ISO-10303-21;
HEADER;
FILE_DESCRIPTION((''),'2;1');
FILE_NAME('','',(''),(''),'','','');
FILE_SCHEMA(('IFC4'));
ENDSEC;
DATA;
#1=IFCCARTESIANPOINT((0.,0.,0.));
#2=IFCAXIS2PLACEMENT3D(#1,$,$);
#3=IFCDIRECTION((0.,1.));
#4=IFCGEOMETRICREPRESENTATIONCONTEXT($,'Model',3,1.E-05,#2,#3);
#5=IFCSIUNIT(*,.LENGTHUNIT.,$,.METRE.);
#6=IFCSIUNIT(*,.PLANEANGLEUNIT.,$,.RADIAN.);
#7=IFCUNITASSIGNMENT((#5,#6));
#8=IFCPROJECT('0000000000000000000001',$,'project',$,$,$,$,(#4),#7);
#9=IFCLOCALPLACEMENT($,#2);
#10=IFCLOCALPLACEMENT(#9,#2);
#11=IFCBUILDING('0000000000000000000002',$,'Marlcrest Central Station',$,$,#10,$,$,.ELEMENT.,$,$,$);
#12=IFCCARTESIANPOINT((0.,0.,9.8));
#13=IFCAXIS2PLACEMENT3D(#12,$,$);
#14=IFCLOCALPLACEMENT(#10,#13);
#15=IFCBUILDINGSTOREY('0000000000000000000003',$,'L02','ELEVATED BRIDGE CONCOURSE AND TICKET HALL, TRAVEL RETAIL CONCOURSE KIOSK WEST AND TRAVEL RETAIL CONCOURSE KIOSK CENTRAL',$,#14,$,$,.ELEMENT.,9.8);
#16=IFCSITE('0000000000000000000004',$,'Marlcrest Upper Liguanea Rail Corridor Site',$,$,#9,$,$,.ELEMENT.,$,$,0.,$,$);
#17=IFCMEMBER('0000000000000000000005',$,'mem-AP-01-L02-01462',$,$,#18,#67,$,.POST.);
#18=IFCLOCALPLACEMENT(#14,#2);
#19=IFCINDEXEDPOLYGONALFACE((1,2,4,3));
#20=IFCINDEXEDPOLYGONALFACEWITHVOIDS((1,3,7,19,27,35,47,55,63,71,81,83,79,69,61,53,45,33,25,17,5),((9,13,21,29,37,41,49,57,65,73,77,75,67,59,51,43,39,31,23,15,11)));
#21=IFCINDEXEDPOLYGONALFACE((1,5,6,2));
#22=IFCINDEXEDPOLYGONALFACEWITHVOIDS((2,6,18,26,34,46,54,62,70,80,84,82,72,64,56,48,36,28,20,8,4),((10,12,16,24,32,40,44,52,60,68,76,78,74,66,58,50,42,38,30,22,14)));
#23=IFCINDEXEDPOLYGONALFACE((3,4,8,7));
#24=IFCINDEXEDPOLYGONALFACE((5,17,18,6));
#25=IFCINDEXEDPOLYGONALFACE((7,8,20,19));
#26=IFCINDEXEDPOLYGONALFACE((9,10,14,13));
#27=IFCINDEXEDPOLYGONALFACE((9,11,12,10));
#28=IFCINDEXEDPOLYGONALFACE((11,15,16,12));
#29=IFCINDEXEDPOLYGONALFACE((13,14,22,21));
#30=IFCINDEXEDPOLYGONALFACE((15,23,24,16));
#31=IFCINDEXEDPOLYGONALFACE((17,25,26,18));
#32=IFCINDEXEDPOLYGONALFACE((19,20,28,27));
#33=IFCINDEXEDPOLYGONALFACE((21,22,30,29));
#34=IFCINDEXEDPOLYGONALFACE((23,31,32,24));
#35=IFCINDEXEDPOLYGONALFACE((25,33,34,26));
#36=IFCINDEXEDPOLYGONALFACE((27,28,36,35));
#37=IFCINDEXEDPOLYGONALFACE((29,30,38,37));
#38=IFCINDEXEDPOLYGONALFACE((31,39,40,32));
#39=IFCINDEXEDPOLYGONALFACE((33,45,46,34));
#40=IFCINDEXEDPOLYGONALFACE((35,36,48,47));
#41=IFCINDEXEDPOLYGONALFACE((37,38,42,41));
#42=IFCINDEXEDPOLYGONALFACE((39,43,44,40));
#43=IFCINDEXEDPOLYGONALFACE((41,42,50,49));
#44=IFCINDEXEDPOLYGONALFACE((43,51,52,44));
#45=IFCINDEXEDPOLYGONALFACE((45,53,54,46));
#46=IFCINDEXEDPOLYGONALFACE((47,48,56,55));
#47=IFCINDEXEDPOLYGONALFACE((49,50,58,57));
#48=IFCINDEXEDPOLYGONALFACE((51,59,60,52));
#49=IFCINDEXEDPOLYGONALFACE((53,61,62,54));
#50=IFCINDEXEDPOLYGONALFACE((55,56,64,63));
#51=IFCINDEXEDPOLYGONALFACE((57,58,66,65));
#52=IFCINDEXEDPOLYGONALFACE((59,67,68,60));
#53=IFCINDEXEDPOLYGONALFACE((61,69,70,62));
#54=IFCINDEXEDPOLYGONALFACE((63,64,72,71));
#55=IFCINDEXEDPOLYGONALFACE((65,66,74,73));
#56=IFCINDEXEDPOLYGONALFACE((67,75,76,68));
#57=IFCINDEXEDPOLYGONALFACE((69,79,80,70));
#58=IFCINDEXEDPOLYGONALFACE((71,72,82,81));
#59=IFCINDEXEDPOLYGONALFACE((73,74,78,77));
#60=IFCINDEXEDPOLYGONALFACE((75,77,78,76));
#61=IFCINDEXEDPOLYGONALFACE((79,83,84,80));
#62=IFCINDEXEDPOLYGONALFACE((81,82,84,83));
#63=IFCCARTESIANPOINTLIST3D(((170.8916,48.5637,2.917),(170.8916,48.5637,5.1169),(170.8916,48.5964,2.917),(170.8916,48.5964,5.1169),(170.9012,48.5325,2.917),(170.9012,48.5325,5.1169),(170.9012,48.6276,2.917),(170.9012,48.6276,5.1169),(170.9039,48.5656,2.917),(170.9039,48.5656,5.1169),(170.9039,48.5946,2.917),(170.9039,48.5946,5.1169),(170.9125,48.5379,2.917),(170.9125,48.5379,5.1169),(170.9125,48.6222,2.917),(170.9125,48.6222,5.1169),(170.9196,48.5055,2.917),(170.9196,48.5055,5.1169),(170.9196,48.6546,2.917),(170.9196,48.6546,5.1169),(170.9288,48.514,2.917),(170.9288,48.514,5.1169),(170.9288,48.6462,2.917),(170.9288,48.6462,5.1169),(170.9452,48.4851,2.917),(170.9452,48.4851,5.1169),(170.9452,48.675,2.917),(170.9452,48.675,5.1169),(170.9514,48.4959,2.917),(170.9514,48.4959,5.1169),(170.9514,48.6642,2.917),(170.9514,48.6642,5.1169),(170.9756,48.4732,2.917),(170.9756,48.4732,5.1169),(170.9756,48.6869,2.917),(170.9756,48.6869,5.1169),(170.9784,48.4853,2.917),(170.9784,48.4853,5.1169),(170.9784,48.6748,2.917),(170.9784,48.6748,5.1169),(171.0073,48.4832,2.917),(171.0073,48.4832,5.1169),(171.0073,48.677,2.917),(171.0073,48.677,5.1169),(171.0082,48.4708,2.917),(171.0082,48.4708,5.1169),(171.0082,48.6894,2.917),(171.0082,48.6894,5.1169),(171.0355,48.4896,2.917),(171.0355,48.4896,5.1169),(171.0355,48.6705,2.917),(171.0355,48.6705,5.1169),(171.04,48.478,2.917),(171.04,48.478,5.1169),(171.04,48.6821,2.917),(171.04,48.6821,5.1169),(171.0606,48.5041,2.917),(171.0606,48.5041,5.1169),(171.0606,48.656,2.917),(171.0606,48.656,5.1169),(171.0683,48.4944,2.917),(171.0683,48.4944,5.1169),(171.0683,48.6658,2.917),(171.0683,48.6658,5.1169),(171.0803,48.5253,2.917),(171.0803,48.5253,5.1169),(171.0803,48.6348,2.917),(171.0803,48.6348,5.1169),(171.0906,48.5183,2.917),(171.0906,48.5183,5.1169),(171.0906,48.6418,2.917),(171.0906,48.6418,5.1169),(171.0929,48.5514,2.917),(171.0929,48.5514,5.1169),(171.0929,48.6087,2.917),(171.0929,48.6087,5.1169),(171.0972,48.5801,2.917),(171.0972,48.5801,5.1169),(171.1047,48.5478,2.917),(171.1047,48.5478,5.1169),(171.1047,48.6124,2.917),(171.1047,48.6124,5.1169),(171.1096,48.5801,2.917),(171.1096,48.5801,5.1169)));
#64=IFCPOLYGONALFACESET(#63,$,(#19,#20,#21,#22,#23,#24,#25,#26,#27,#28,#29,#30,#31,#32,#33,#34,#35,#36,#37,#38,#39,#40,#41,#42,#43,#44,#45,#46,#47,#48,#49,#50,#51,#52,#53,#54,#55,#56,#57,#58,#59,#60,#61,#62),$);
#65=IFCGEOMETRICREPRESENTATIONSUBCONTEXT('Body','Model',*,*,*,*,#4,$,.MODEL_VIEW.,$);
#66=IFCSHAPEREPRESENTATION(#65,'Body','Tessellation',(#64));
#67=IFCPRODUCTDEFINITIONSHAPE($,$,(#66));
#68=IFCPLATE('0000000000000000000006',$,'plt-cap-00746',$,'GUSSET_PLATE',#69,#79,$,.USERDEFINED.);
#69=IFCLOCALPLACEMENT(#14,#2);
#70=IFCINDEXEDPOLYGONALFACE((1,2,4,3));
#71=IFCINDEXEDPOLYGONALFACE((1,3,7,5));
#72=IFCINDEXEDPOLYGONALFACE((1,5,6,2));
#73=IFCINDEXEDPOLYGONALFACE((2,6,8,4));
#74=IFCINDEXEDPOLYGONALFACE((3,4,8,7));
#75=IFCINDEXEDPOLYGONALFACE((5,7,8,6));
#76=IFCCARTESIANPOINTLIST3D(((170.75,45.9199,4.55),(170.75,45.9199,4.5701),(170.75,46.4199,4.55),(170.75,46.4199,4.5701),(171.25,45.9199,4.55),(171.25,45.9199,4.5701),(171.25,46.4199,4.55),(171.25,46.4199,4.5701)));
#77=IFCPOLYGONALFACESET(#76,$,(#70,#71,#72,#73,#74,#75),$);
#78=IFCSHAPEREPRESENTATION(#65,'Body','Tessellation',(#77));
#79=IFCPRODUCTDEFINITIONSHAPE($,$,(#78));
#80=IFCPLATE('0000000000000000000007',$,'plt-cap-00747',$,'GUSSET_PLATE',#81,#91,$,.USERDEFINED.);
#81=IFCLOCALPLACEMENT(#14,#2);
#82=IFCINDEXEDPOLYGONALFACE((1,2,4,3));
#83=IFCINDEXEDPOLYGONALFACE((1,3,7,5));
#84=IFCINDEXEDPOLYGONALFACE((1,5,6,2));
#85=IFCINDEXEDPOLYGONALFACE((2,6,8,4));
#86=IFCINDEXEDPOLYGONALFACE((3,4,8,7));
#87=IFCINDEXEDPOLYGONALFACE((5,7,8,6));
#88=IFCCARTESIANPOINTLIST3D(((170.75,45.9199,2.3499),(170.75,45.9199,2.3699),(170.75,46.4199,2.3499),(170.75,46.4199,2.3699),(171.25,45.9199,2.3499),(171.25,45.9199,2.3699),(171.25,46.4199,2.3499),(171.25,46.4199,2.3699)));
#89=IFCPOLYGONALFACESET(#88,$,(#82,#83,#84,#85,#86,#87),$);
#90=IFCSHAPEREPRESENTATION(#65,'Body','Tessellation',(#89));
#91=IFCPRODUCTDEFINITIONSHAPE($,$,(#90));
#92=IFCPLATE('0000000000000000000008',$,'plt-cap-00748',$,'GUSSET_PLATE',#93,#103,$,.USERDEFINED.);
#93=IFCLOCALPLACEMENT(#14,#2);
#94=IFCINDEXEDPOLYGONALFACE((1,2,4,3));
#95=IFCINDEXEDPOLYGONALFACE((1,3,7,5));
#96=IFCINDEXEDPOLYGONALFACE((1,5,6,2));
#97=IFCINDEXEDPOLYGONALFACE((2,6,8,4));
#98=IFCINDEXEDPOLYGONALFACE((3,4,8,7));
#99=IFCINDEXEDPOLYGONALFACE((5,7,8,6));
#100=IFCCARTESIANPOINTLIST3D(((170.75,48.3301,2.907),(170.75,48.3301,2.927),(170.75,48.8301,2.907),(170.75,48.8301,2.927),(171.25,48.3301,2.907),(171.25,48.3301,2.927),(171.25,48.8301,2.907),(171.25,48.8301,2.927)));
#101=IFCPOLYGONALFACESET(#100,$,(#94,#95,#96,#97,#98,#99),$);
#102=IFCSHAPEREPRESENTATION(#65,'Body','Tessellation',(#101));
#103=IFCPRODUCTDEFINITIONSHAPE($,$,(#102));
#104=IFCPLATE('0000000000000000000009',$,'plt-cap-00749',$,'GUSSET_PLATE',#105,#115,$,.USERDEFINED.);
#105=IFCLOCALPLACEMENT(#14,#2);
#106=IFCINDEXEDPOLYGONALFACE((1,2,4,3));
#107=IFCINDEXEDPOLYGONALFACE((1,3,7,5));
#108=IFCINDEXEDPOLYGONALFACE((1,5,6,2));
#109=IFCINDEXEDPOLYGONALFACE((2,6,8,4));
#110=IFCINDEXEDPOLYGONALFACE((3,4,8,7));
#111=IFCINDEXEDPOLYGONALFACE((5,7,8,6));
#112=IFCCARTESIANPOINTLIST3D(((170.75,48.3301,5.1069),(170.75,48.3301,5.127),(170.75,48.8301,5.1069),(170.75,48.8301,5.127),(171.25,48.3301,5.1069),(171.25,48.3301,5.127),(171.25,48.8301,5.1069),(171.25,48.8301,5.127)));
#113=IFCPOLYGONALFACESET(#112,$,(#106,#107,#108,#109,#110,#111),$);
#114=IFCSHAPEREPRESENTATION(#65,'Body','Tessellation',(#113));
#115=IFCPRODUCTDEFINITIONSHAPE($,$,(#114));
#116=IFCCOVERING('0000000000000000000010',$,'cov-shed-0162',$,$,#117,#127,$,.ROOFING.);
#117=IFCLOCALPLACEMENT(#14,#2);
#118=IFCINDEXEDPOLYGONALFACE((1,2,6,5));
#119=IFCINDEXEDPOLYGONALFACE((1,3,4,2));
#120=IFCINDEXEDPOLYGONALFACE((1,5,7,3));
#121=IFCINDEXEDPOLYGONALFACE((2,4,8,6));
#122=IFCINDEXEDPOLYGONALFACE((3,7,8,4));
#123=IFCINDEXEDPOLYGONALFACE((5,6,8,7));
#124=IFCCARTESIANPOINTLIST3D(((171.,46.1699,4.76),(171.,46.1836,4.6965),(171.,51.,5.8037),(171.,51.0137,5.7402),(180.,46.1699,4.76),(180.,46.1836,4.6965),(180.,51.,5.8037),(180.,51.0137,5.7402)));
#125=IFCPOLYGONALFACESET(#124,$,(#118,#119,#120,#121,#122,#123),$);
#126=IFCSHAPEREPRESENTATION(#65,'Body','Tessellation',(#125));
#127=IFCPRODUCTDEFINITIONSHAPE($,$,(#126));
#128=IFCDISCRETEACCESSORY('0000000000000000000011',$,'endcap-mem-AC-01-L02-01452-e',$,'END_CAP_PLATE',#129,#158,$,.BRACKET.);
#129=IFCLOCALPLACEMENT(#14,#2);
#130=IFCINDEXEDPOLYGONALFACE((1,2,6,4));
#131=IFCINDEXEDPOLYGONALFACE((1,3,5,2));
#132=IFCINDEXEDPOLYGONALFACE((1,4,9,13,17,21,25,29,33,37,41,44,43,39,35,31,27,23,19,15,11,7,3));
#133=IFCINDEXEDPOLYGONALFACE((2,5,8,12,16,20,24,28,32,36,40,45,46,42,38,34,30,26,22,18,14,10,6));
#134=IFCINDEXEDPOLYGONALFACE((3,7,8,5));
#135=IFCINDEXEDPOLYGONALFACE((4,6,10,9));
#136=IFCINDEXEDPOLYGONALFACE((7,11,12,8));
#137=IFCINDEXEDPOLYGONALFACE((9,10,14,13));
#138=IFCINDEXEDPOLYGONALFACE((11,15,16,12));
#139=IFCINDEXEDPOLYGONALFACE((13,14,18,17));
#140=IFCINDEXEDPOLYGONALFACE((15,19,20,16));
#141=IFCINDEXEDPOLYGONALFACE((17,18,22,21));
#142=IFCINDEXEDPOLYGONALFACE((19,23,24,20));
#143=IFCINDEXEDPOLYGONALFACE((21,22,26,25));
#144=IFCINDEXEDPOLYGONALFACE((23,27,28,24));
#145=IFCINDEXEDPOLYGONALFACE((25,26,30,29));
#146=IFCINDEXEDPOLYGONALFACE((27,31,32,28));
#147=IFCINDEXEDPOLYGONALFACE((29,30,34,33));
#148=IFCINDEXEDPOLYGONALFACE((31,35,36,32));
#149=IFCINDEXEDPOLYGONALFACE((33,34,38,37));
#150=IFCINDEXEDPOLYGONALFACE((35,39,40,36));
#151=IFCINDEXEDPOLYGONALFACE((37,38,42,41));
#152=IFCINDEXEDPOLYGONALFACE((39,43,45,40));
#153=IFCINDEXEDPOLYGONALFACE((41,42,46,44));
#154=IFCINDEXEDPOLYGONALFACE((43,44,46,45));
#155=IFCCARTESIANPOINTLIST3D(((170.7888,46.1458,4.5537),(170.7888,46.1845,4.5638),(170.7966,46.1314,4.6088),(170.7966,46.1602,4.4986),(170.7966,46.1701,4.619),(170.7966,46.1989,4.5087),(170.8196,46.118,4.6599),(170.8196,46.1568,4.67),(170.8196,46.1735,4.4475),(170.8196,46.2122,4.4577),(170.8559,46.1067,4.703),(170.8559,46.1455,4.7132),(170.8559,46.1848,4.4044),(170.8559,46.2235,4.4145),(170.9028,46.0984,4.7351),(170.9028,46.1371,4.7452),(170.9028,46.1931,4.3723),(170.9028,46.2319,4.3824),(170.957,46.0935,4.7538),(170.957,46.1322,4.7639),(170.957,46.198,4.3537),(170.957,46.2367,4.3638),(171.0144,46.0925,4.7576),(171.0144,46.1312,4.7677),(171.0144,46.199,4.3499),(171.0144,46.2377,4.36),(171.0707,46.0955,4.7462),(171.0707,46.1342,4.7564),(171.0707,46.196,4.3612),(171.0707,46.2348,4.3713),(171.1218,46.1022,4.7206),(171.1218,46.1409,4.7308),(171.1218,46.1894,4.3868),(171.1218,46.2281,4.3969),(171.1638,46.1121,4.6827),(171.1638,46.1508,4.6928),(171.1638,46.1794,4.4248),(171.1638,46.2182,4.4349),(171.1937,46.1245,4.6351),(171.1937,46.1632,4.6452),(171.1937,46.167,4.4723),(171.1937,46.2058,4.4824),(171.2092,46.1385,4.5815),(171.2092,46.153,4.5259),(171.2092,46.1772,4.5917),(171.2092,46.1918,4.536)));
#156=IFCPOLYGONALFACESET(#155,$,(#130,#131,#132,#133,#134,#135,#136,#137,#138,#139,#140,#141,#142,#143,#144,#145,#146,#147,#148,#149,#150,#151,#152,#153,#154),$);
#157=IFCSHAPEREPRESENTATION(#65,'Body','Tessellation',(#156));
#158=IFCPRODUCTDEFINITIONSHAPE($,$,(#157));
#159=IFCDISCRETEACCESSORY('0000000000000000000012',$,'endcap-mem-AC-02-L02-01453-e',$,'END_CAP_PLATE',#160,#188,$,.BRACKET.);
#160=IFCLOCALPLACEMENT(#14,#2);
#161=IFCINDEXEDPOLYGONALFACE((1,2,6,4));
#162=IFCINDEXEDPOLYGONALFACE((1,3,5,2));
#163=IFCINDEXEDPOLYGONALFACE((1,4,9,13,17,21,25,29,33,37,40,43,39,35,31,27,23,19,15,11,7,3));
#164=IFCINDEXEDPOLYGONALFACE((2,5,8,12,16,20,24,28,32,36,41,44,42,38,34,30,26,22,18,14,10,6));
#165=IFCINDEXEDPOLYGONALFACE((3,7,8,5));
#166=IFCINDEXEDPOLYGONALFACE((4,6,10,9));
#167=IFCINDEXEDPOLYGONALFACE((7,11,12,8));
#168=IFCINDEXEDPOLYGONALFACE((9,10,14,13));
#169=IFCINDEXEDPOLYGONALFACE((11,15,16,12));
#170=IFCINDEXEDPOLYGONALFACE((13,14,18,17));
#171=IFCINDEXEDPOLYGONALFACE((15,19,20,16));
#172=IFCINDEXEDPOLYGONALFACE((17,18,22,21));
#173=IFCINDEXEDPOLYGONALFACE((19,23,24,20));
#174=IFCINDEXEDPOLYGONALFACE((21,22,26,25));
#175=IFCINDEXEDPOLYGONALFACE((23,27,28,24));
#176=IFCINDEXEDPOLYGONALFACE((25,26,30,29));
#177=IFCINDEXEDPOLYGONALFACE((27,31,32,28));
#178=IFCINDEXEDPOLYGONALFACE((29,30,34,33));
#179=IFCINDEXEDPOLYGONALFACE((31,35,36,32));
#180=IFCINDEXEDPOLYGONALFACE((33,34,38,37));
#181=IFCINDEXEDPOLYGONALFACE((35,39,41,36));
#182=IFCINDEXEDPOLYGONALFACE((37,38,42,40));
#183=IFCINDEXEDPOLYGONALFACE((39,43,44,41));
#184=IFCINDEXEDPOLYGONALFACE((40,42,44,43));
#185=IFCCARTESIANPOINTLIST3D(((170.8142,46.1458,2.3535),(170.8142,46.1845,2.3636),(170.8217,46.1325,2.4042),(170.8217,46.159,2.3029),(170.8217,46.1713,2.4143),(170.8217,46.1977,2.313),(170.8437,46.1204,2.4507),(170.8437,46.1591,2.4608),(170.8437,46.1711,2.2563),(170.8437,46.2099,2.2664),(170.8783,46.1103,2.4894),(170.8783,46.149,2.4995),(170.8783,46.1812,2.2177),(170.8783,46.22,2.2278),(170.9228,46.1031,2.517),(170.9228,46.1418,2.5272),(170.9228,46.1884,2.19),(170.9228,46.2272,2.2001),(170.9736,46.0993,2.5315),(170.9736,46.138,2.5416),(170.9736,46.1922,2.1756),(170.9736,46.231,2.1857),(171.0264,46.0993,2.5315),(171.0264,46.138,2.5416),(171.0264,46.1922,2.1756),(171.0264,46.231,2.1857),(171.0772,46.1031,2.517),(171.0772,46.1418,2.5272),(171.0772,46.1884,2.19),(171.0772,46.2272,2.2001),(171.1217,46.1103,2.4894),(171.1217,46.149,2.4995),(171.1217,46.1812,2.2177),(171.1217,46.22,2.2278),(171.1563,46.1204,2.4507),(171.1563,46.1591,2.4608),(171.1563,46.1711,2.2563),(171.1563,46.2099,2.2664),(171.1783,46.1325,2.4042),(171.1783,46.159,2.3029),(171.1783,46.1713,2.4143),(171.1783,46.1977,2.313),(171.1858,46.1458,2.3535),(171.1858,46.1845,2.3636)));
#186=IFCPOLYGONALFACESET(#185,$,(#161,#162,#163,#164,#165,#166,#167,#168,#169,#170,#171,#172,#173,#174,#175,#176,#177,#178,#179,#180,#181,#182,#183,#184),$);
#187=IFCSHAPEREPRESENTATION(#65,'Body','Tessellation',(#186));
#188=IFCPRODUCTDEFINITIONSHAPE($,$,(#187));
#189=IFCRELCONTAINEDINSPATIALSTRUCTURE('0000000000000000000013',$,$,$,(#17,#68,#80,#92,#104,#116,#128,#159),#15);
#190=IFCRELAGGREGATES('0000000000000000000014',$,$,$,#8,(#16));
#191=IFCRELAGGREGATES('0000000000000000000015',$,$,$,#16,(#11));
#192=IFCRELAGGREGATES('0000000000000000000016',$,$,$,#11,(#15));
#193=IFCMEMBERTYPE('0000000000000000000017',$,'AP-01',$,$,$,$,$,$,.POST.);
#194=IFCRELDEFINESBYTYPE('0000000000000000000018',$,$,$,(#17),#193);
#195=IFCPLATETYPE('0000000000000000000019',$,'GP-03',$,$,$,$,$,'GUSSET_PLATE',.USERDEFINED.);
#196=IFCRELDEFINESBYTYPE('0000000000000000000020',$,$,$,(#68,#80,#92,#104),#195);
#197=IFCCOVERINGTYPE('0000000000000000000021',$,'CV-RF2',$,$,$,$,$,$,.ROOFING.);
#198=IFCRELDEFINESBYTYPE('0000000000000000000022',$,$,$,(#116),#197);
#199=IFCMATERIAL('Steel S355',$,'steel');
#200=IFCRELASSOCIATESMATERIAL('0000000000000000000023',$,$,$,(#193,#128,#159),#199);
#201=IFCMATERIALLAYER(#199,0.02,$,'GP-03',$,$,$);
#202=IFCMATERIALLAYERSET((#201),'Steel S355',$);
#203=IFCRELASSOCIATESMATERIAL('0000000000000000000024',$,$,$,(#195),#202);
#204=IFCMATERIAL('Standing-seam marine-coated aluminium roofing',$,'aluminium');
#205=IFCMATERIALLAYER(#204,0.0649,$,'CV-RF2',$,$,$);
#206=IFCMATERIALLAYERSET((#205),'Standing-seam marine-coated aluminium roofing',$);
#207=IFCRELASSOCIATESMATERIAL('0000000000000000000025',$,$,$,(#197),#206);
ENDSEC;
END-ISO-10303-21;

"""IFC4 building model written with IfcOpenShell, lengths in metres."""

from ifc_helpers import new_model, si_unit, direction, frame, origin, origin_2d, place, context, subcontext, project, spatial, polyline, rectangle, circle, hollow_circle, outline, extrude, material, layer, layer_set, material_profile, profile_set, type_object, element, save


model = new_model("IFC4")

# Units and contexts
model_context = context("Model", 3, precision=1e-05, world=origin(), true_north=direction((0.0, 1.0)))
body_context = subcontext(model_context, "Body", "Model", "MODEL_VIEW")
ifc_project = project(units=[si_unit("LENGTHUNIT", "METRE"), si_unit("PLANEANGLEUNIT", "RADIAN")], contexts=[model_context])

# Site, building, storey
site_placement = place(None, origin())
site = spatial("IfcSite", under=ifc_project, at=site_placement, Name="Marlcrest Upper Liguanea Rail Corridor Site", CompositionType="ELEMENT", RefElevation=0.0)
building_placement = place(site_placement, origin())
building = spatial("IfcBuilding", under=site, at=building_placement, Name="Marlcrest Central Station", CompositionType="ELEMENT")
storey_placement = place(building_placement, frame((0.0, 0.0, 9.8)))
storey = spatial("IfcBuildingStorey", under=building, at=storey_placement, Name="L02", Description="ELEVATED BRIDGE CONCOURSE AND TICKET HALL, TRAVEL RETAIL CONCOURSE KIOSK WEST AND TRAVEL RETAIL CONCOURSE KIOSK CENTRAL", CompositionType="ELEMENT", Elevation=9.8)

# Member
ifc_material_1 = material(Name="Steel S355", Category="steel")
ifc_material_profile_1 = material_profile(ifc_material_1, hollow_circle(Radius=0.1096, WallThickness=0.0125, at=origin_2d()), Name="CHS 219.1x12.5")
ifc_profile_set_1 = profile_set([ifc_material_profile_1], Name="Steel S355")
member_type_1 = type_object("IfcMemberType", Name="AP-01", PredefinedType="POST", material=ifc_profile_set_1)
member_1_placement = place(storey_placement, frame((171.0, 48.5801, 2.917), z_axis=(0.0, 0.0, 1.0), x_axis=(1.0, 0.0, 0.0)))
element("IfcMember", 1, at=member_1_placement, inside=storey, type_object=member_type_1, Name="mem-AP-01-L02-01462", PredefinedType="POST", context=body_context, shape_type="SweptSolid", body=[
    extrude(hollow_circle(Radius=0.1096, WallThickness=0.0125, at=origin_2d()), origin(), (0.0, 0.0, 1.0), 2.2),
])

# Plates
ifc_layer_1 = layer(ifc_material_1, 0.02, Name="GP-03")
ifc_layer_set_1 = layer_set([ifc_layer_1], Name="Steel S355")
plate_type = type_object("IfcPlateType", Name="GP-03", ElementType="GUSSET_PLATE", PredefinedType="USERDEFINED", material=ifc_layer_set_1)
for number, where, z_axis, x_axis, name in (
    (2, (171.0, 46.1699, 4.55), (0.0, 0.0, 1.0), (1.0, 0.0, 0.0), "plt-cap-00746"),
    (3, (171.0, 46.1699, 2.3499), (0.0, 0.0, 1.0), (1.0, 0.0, 0.0), "plt-cap-00747"),
    (4, (171.0, 48.5801, 2.907), (0.0, 0.0, 1.0), (1.0, 0.0, 0.0), "plt-cap-00748"),
    (5, (171.0, 48.5801, 5.1069), (0.0, 0.0, 1.0), (1.0, 0.0, 0.0), "plt-cap-00749"),
):
    element("IfcPlate", number, at=place(storey_placement, frame(where, z_axis=z_axis, x_axis=x_axis)), inside=storey, type_object=plate_type, Name=name, ObjectType="GUSSET_PLATE", PredefinedType="USERDEFINED", context=body_context, shape_type="SweptSolid", body=[
        extrude(rectangle(XDim=0.5, YDim=0.5, at=origin_2d()), origin(), (0.0, 0.0, 1.0), 0.02),
    ])

# Covering
ifc_material_2 = material(Name="Standing-seam marine-coated aluminium roofing", Category="aluminium")
ifc_layer_2 = layer(ifc_material_2, 0.0649, Name="CV-RF2")
ifc_layer_set_2 = layer_set([ifc_layer_2], Name="Standing-seam marine-coated aluminium roofing")
covering_type = type_object("IfcCoveringType", Name="CV-RF2", PredefinedType="ROOFING", material=ifc_layer_set_2)
covering_placement = place(storey_placement, frame((171.0, 46.1699, 4.76), z_axis=(0.0, -0.211209, 0.977441), x_axis=(1.0, 0.0, 0.0)))
element("IfcCovering", 6, at=covering_placement, inside=storey, type_object=covering_type, Name="cov-shed-0162", PredefinedType="ROOFING", context=body_context, shape_type="SweptSolid", body=[
    extrude(outline(polyline([(0.0, 0.0), (9.0, 0.0), (9.0, 4.9416), (0.0, 4.9416), (0.0, 0.0)])), origin(), (0.0, 0.0, -1.0), 0.0649),
])

# Discrete accessories
discrete_accessory_1_placement = place(storey_placement, frame((171.0, 46.1458, 4.5537), z_axis=(0.0, 0.967539, 0.25272), x_axis=(-1.0, 0.0, 0.0)))
element("IfcDiscreteAccessory", 7, at=discrete_accessory_1_placement, inside=storey, material=ifc_material_1, Name="endcap-mem-AC-01-L02-01452-e", ObjectType="END_CAP_PLATE", PredefinedType="BRACKET", context=body_context, shape_type="SweptSolid", body=[
    extrude(circle(Radius=0.2112, at=origin_2d()), origin(), (0.0, 0.0, 1.0), 0.04),
])
discrete_accessory_2_placement = place(storey_placement, frame((171.0, 46.1458, 2.3535), z_axis=(0.0, 0.967563, 0.252629), x_axis=(-1.0, 0.0, 0.0)))
element("IfcDiscreteAccessory", 8, at=discrete_accessory_2_placement, inside=storey, material=ifc_material_1, Name="endcap-mem-AC-02-L02-01453-e", ObjectType="END_CAP_PLATE", PredefinedType="BRACKET", context=body_context, shape_type="SweptSolid", body=[
    extrude(circle(Radius=0.1858, at=origin_2d()), origin(), (0.0, 0.0, 1.0), 0.04),
])

save(model, "model.ifc")
